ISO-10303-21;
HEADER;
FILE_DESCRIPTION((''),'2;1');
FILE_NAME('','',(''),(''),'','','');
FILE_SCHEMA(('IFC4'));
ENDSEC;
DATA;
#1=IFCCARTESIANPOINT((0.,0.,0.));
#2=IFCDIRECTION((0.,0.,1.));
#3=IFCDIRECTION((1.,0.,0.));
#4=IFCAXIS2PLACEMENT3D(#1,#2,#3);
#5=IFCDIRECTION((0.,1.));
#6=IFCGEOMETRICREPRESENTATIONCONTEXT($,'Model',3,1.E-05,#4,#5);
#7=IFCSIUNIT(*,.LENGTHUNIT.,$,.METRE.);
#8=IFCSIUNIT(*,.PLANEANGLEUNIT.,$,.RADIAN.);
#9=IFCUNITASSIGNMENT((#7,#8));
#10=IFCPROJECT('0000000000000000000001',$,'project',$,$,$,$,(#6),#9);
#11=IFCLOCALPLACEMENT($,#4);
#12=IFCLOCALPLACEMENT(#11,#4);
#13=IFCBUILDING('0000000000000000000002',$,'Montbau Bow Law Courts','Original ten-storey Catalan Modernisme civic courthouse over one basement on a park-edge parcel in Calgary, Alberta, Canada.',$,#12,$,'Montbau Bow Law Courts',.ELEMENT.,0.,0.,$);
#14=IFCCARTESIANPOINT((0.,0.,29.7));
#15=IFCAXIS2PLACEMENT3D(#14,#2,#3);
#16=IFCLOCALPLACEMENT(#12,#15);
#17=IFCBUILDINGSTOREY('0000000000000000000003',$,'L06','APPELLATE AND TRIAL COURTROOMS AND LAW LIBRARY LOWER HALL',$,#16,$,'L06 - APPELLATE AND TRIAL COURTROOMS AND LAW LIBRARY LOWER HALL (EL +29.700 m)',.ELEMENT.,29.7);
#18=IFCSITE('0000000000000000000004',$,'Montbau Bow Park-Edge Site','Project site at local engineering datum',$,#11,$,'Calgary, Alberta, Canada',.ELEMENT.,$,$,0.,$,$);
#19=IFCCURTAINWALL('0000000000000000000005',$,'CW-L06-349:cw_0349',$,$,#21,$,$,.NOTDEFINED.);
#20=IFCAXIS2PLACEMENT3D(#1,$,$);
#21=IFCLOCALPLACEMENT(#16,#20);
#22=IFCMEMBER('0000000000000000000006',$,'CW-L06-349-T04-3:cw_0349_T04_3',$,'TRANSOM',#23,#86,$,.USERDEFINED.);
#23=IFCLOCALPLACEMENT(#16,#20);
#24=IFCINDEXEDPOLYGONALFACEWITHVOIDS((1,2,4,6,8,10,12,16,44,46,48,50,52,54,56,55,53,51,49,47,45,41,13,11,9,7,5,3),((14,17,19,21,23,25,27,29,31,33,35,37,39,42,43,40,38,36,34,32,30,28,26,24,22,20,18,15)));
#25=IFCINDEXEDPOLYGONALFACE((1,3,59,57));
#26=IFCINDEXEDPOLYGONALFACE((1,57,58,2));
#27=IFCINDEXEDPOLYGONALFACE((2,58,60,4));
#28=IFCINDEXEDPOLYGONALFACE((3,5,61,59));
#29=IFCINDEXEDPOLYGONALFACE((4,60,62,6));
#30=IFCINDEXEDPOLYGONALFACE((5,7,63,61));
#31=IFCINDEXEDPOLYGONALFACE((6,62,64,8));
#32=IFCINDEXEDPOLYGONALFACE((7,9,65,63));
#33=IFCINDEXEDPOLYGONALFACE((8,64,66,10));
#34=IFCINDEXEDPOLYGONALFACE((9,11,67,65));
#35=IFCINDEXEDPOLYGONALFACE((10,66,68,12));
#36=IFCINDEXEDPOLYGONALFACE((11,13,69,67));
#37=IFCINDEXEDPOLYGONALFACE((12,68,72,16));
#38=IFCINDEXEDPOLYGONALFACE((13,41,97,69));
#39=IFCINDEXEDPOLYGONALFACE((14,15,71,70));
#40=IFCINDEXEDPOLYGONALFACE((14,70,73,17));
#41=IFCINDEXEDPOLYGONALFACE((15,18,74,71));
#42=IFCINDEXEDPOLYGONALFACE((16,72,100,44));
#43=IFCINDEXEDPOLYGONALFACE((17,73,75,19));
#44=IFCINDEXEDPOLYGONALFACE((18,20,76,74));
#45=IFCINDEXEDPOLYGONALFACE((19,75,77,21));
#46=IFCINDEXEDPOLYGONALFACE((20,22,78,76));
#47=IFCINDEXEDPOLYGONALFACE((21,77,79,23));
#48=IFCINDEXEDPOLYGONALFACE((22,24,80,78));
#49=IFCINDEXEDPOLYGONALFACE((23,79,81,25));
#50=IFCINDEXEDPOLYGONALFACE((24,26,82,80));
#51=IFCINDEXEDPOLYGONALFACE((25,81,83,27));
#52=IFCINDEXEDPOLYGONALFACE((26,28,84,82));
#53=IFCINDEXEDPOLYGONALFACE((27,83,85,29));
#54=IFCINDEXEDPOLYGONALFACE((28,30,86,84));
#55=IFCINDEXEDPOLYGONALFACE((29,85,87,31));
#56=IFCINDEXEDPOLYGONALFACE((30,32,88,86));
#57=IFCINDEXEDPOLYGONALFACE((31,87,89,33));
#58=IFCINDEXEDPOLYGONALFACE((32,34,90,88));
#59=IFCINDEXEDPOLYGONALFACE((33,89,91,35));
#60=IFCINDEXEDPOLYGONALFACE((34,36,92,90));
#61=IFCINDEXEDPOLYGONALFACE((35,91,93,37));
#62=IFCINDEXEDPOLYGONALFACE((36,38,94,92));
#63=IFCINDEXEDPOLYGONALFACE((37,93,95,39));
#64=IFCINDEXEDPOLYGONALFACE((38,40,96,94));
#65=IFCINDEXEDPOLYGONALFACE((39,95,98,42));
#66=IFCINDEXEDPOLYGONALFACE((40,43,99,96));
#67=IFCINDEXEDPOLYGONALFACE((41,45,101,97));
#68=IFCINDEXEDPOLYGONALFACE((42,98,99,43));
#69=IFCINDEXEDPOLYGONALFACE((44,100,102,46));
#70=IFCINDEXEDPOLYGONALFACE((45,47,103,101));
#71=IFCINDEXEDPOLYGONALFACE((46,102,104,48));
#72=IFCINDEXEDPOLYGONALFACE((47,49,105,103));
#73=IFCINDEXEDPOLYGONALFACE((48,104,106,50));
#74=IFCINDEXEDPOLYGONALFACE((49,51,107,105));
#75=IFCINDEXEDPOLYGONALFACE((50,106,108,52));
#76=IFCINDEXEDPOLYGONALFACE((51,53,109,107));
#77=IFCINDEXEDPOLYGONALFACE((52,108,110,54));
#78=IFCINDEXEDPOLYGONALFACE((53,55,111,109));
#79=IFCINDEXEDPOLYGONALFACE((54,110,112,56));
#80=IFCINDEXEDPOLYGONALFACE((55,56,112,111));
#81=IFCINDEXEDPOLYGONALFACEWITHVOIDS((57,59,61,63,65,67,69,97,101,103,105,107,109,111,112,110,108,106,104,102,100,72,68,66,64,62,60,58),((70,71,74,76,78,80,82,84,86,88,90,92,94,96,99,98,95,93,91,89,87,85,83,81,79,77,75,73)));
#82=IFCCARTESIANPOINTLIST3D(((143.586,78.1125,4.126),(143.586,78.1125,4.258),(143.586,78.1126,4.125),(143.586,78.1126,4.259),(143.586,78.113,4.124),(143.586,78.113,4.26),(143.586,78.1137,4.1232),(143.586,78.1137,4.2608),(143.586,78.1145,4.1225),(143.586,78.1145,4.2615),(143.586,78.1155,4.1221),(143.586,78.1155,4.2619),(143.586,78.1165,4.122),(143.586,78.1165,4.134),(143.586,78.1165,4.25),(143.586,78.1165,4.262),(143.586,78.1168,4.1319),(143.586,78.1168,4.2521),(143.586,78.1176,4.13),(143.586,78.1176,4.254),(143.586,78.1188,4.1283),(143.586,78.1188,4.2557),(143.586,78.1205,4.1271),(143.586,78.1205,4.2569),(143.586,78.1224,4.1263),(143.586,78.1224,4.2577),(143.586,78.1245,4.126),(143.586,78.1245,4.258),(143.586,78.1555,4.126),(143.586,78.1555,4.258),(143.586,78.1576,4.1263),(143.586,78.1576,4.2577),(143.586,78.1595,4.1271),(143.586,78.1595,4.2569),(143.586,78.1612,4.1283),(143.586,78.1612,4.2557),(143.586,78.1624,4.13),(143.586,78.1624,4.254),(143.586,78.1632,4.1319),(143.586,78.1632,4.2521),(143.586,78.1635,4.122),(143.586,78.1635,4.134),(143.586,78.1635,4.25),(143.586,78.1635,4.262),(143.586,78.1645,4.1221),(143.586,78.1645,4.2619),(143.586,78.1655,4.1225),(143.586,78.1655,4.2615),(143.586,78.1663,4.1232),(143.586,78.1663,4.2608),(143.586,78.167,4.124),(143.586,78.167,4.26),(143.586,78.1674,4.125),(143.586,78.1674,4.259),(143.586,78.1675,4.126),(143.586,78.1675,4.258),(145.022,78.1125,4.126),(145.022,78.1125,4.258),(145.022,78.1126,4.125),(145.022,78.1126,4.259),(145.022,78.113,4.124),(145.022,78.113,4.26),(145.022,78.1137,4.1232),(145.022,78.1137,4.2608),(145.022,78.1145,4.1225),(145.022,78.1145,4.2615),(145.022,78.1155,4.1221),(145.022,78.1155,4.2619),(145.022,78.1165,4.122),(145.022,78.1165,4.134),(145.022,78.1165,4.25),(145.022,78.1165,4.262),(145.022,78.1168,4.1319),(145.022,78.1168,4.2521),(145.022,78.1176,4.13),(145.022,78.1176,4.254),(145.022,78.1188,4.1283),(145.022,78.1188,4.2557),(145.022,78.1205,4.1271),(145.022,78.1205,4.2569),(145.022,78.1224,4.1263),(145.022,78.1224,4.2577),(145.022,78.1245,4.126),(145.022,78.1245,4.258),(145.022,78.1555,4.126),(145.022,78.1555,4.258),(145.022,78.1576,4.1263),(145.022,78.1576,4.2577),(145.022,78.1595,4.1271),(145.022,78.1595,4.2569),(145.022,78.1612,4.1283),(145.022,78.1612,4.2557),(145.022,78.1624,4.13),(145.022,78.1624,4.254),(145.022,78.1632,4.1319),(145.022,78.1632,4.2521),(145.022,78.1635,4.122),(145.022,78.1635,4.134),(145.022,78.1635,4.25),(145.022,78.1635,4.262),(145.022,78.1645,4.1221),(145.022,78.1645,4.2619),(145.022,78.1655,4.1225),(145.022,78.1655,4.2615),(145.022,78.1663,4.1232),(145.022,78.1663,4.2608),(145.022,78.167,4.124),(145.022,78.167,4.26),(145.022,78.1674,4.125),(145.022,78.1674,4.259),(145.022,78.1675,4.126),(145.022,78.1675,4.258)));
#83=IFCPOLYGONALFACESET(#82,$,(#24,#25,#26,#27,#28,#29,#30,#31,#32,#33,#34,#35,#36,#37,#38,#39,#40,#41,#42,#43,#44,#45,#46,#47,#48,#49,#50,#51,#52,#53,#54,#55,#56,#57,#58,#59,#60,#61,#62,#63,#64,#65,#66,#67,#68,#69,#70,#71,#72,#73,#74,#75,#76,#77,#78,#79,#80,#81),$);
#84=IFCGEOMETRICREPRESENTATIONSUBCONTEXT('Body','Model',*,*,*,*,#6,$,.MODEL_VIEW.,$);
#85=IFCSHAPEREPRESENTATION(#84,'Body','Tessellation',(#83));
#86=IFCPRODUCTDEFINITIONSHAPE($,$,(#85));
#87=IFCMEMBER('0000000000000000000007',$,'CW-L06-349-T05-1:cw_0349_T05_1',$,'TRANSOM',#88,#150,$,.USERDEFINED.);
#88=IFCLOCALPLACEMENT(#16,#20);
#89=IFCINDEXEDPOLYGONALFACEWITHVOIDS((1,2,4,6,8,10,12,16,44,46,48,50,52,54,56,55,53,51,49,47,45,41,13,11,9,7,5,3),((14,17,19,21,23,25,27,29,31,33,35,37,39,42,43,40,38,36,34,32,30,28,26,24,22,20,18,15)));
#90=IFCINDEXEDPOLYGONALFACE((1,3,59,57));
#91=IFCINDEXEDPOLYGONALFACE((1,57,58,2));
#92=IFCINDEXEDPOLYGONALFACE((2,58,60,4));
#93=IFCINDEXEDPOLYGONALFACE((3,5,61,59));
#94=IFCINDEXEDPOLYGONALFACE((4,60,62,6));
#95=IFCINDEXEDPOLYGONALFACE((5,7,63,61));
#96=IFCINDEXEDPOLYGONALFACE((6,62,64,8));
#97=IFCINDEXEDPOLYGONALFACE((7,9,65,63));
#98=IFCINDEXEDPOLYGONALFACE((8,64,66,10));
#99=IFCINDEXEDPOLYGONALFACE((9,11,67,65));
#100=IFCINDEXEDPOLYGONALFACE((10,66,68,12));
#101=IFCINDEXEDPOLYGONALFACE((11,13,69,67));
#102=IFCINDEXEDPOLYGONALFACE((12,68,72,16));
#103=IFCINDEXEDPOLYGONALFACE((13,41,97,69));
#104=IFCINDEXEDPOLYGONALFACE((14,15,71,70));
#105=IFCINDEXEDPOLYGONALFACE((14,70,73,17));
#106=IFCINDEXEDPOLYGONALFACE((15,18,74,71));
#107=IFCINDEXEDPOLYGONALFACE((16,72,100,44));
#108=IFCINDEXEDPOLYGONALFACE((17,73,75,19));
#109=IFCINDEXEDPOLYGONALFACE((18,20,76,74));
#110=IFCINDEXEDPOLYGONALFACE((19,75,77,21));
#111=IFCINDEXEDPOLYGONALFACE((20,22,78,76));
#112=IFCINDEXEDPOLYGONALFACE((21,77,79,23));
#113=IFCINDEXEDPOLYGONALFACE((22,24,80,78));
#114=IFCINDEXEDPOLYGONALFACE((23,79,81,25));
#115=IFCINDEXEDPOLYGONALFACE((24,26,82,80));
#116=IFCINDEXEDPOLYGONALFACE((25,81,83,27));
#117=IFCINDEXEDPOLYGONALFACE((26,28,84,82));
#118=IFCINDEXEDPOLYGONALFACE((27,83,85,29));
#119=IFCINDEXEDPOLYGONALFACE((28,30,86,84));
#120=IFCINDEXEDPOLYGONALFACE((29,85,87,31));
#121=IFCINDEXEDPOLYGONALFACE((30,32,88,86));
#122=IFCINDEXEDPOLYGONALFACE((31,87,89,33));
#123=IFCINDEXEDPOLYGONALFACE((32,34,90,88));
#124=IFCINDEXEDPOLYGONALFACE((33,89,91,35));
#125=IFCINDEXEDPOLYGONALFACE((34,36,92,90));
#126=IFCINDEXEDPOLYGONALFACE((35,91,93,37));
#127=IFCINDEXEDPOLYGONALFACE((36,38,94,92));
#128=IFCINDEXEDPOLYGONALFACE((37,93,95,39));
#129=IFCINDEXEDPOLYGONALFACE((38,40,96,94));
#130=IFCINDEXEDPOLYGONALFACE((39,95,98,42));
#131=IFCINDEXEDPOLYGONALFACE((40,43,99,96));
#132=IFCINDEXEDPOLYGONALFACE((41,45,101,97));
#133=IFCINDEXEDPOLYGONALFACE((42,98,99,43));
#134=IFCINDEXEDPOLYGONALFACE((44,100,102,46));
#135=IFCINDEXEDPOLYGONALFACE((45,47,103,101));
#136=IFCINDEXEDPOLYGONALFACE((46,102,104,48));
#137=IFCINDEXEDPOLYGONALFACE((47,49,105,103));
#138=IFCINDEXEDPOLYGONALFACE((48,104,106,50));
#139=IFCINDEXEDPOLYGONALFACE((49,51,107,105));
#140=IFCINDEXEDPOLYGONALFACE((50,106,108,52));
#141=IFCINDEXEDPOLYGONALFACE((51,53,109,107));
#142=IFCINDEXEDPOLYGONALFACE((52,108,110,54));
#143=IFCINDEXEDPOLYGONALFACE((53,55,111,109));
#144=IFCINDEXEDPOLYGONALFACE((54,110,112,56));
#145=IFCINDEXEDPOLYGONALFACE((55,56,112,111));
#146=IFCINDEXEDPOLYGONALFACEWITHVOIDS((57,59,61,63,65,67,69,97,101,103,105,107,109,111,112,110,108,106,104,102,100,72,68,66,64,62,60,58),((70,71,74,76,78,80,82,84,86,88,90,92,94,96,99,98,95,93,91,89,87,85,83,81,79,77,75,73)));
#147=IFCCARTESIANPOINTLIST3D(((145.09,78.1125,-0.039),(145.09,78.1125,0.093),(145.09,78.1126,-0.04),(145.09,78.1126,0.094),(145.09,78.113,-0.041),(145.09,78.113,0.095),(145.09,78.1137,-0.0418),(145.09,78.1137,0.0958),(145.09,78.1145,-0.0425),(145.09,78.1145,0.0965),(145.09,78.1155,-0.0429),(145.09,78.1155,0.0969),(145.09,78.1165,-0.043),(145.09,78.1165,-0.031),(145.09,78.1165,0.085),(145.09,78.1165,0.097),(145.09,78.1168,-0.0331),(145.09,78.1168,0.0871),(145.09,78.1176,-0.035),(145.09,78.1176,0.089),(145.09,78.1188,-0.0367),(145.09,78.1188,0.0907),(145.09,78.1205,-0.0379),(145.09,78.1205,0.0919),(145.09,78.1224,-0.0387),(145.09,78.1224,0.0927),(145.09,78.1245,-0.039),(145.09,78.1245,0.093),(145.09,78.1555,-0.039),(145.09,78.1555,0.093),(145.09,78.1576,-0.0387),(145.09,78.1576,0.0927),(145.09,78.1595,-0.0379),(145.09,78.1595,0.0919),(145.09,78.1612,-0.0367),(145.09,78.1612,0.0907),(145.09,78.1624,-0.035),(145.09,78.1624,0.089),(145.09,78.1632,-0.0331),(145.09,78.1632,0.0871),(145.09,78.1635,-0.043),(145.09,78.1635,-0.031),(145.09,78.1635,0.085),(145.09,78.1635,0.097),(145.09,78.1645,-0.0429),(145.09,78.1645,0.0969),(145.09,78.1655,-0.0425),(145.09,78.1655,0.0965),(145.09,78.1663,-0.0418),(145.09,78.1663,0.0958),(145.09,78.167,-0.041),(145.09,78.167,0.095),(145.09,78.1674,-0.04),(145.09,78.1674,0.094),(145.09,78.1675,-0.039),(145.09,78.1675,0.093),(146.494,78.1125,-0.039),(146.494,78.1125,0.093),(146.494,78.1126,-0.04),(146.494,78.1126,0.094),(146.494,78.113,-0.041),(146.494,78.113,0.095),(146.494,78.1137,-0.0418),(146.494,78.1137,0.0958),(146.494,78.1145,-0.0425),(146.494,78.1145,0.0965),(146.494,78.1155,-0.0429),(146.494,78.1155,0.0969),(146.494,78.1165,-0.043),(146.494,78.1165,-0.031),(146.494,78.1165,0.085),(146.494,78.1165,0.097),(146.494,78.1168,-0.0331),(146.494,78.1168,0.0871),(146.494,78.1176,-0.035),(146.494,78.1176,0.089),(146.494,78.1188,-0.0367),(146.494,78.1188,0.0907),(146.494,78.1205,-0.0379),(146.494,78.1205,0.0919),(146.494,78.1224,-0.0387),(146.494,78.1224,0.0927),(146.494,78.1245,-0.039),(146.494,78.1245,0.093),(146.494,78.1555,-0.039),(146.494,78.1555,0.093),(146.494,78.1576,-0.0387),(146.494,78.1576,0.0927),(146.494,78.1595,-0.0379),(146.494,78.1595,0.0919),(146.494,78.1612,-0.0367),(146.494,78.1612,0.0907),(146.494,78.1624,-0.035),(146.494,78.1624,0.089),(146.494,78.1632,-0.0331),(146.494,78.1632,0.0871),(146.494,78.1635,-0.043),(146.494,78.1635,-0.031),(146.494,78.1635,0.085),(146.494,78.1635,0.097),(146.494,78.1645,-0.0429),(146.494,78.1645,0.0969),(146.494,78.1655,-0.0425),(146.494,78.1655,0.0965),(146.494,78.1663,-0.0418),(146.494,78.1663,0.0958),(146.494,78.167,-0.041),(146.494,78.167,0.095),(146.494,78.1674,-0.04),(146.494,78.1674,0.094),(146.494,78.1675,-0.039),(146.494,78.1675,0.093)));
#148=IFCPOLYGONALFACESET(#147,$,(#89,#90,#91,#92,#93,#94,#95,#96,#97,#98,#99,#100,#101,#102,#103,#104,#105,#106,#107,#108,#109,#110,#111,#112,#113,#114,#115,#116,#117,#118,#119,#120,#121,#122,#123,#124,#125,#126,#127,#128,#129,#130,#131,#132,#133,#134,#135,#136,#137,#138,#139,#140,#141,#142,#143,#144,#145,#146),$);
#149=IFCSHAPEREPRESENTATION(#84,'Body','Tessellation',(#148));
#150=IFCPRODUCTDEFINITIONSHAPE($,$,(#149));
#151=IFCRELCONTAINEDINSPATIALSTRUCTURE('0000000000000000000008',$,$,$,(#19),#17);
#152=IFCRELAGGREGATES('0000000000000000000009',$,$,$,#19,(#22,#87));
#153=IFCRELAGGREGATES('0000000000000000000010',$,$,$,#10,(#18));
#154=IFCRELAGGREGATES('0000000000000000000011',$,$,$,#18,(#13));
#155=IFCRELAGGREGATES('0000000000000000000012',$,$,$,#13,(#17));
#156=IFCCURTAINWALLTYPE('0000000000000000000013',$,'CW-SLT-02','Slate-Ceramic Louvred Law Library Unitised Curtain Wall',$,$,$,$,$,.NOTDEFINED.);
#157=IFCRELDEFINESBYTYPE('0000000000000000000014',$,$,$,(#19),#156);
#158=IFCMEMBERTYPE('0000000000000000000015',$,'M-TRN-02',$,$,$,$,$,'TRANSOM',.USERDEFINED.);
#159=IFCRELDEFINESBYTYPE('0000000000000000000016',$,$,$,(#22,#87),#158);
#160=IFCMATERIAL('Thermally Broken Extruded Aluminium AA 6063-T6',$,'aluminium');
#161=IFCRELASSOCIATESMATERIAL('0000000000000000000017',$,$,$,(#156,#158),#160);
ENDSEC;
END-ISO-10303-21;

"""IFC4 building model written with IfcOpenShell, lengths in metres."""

from ifc_helpers import new_model, si_unit, direction, frame, origin_with_axes, origin_2d_with_axis, place, context, subcontext, project, spatial, hollow_rectangle, extrude, material, material_profile, profile_set, type_object, element, aggregate, save


model = new_model("IFC4")

# Units and contexts
model_context = context("Model", 3, precision=1e-05, world=origin_with_axes(), true_north=direction((0.0, 1.0)))
body_context = subcontext(model_context, "Body", "Model", "MODEL_VIEW")
ifc_project = project(units=[si_unit("LENGTHUNIT", "METRE"), si_unit("PLANEANGLEUNIT", "RADIAN")], contexts=[model_context])

# Site, building, storey
site_placement = place(None, origin_with_axes())
site = spatial("IfcSite", under=ifc_project, at=site_placement, Name="Montbau Bow Park-Edge Site", Description="Project site at local engineering datum", LongName="Calgary, Alberta, Canada", CompositionType="ELEMENT", RefElevation=0.0)
building_placement = place(site_placement, origin_with_axes())
building = spatial("IfcBuilding", under=site, at=building_placement, Name="Montbau Bow Law Courts", Description="Original ten-storey Catalan Modernisme civic courthouse over one basement on a park-edge parcel in Calgary, Alberta, Canada.", LongName="Montbau Bow Law Courts", CompositionType="ELEMENT", ElevationOfRefHeight=0.0, ElevationOfTerrain=0.0)
storey_placement = place(building_placement, frame((0.0, 0.0, 29.7), z_axis=(0.0, 0.0, 1.0), x_axis=(1.0, 0.0, 0.0)))
storey = spatial("IfcBuildingStorey", under=building, at=storey_placement, Name="L06", Description="APPELLATE AND TRIAL COURTROOMS AND LAW LIBRARY LOWER HALL", LongName="L06 - APPELLATE AND TRIAL COURTROOMS AND LAW LIBRARY LOWER HALL (EL +29.700 m)", CompositionType="ELEMENT", Elevation=29.7)

# Curtain wall
ifc_material_1 = material(Name="Thermally Broken Extruded Aluminium AA 6063-T6", Category="aluminium")
curtain_wall_type = type_object("IfcCurtainWallType", Name="CW-SLT-02", Description="Slate-Ceramic Louvred Law Library Unitised Curtain Wall", PredefinedType="NOTDEFINED", material=ifc_material_1)
curtain_wall_1_placement = place(None, frame((139.04, 78.14, 29.7), z_axis=(0.0, 0.0, 1.0), x_axis=(1.0, 0.0, 0.0)))
curtain_wall_1 = element("IfcCurtainWall", 1, at=curtain_wall_1_placement, inside=storey, type_object=curtain_wall_type, Name="CW-L06-349:cw_0349", PredefinedType="NOTDEFINED")

# Members
ifc_material_profile_1 = material_profile(ifc_material_1, hollow_rectangle(XDim=0.055, YDim=0.14, WallThickness=0.004, InnerFilletRadius=0.008, OuterFilletRadius=0.004, at=origin_2d_with_axis()), Name="CWT-140X55", Category="Main", Priority=0)
ifc_profile_set_1 = profile_set([ifc_material_profile_1], Name="Thermally Broken Extruded Aluminium AA 6063-T6")
member_type_1 = type_object("IfcMemberType", Name="M-TRN-02", ElementType="TRANSOM", PredefinedType="USERDEFINED", material=ifc_profile_set_1)
member_1_placement = place(None, frame((143.586, 78.14, 33.892), z_axis=(1.0, 0.0, 0.0), x_axis=(0.0, 1.0, 0.0)))
member_1 = element("IfcMember", 2, at=member_1_placement, type_object=member_type_1, Name="CW-L06-349-T04-3:cw_0349_T04_3", ObjectType="TRANSOM", PredefinedType="USERDEFINED", context=body_context, shape_type="SweptSolid", body=[
    extrude(hollow_rectangle(XDim=0.055, YDim=0.14, WallThickness=0.004, InnerFilletRadius=0.008, OuterFilletRadius=0.004, at=origin_2d_with_axis()), origin_with_axes(), (0.0, 0.0, 1.0), 1.436),
])
member_2_placement = place(None, frame((145.09, 78.14, 29.727), z_axis=(1.0, 0.0, 0.0), x_axis=(0.0, 1.0, 0.0)))
member_2 = element("IfcMember", 3, at=member_2_placement, type_object=member_type_1, Name="CW-L06-349-T05-1:cw_0349_T05_1", ObjectType="TRANSOM", PredefinedType="USERDEFINED", context=body_context, shape_type="SweptSolid", body=[
    extrude(hollow_rectangle(XDim=0.055, YDim=0.14, WallThickness=0.004, InnerFilletRadius=0.008, OuterFilletRadius=0.004, at=origin_2d_with_axis()), origin_with_axes(), (0.0, 0.0, 1.0), 1.404),
])

aggregate(curtain_wall_1, [member_1, member_2])

save(model, "model.ifc")
